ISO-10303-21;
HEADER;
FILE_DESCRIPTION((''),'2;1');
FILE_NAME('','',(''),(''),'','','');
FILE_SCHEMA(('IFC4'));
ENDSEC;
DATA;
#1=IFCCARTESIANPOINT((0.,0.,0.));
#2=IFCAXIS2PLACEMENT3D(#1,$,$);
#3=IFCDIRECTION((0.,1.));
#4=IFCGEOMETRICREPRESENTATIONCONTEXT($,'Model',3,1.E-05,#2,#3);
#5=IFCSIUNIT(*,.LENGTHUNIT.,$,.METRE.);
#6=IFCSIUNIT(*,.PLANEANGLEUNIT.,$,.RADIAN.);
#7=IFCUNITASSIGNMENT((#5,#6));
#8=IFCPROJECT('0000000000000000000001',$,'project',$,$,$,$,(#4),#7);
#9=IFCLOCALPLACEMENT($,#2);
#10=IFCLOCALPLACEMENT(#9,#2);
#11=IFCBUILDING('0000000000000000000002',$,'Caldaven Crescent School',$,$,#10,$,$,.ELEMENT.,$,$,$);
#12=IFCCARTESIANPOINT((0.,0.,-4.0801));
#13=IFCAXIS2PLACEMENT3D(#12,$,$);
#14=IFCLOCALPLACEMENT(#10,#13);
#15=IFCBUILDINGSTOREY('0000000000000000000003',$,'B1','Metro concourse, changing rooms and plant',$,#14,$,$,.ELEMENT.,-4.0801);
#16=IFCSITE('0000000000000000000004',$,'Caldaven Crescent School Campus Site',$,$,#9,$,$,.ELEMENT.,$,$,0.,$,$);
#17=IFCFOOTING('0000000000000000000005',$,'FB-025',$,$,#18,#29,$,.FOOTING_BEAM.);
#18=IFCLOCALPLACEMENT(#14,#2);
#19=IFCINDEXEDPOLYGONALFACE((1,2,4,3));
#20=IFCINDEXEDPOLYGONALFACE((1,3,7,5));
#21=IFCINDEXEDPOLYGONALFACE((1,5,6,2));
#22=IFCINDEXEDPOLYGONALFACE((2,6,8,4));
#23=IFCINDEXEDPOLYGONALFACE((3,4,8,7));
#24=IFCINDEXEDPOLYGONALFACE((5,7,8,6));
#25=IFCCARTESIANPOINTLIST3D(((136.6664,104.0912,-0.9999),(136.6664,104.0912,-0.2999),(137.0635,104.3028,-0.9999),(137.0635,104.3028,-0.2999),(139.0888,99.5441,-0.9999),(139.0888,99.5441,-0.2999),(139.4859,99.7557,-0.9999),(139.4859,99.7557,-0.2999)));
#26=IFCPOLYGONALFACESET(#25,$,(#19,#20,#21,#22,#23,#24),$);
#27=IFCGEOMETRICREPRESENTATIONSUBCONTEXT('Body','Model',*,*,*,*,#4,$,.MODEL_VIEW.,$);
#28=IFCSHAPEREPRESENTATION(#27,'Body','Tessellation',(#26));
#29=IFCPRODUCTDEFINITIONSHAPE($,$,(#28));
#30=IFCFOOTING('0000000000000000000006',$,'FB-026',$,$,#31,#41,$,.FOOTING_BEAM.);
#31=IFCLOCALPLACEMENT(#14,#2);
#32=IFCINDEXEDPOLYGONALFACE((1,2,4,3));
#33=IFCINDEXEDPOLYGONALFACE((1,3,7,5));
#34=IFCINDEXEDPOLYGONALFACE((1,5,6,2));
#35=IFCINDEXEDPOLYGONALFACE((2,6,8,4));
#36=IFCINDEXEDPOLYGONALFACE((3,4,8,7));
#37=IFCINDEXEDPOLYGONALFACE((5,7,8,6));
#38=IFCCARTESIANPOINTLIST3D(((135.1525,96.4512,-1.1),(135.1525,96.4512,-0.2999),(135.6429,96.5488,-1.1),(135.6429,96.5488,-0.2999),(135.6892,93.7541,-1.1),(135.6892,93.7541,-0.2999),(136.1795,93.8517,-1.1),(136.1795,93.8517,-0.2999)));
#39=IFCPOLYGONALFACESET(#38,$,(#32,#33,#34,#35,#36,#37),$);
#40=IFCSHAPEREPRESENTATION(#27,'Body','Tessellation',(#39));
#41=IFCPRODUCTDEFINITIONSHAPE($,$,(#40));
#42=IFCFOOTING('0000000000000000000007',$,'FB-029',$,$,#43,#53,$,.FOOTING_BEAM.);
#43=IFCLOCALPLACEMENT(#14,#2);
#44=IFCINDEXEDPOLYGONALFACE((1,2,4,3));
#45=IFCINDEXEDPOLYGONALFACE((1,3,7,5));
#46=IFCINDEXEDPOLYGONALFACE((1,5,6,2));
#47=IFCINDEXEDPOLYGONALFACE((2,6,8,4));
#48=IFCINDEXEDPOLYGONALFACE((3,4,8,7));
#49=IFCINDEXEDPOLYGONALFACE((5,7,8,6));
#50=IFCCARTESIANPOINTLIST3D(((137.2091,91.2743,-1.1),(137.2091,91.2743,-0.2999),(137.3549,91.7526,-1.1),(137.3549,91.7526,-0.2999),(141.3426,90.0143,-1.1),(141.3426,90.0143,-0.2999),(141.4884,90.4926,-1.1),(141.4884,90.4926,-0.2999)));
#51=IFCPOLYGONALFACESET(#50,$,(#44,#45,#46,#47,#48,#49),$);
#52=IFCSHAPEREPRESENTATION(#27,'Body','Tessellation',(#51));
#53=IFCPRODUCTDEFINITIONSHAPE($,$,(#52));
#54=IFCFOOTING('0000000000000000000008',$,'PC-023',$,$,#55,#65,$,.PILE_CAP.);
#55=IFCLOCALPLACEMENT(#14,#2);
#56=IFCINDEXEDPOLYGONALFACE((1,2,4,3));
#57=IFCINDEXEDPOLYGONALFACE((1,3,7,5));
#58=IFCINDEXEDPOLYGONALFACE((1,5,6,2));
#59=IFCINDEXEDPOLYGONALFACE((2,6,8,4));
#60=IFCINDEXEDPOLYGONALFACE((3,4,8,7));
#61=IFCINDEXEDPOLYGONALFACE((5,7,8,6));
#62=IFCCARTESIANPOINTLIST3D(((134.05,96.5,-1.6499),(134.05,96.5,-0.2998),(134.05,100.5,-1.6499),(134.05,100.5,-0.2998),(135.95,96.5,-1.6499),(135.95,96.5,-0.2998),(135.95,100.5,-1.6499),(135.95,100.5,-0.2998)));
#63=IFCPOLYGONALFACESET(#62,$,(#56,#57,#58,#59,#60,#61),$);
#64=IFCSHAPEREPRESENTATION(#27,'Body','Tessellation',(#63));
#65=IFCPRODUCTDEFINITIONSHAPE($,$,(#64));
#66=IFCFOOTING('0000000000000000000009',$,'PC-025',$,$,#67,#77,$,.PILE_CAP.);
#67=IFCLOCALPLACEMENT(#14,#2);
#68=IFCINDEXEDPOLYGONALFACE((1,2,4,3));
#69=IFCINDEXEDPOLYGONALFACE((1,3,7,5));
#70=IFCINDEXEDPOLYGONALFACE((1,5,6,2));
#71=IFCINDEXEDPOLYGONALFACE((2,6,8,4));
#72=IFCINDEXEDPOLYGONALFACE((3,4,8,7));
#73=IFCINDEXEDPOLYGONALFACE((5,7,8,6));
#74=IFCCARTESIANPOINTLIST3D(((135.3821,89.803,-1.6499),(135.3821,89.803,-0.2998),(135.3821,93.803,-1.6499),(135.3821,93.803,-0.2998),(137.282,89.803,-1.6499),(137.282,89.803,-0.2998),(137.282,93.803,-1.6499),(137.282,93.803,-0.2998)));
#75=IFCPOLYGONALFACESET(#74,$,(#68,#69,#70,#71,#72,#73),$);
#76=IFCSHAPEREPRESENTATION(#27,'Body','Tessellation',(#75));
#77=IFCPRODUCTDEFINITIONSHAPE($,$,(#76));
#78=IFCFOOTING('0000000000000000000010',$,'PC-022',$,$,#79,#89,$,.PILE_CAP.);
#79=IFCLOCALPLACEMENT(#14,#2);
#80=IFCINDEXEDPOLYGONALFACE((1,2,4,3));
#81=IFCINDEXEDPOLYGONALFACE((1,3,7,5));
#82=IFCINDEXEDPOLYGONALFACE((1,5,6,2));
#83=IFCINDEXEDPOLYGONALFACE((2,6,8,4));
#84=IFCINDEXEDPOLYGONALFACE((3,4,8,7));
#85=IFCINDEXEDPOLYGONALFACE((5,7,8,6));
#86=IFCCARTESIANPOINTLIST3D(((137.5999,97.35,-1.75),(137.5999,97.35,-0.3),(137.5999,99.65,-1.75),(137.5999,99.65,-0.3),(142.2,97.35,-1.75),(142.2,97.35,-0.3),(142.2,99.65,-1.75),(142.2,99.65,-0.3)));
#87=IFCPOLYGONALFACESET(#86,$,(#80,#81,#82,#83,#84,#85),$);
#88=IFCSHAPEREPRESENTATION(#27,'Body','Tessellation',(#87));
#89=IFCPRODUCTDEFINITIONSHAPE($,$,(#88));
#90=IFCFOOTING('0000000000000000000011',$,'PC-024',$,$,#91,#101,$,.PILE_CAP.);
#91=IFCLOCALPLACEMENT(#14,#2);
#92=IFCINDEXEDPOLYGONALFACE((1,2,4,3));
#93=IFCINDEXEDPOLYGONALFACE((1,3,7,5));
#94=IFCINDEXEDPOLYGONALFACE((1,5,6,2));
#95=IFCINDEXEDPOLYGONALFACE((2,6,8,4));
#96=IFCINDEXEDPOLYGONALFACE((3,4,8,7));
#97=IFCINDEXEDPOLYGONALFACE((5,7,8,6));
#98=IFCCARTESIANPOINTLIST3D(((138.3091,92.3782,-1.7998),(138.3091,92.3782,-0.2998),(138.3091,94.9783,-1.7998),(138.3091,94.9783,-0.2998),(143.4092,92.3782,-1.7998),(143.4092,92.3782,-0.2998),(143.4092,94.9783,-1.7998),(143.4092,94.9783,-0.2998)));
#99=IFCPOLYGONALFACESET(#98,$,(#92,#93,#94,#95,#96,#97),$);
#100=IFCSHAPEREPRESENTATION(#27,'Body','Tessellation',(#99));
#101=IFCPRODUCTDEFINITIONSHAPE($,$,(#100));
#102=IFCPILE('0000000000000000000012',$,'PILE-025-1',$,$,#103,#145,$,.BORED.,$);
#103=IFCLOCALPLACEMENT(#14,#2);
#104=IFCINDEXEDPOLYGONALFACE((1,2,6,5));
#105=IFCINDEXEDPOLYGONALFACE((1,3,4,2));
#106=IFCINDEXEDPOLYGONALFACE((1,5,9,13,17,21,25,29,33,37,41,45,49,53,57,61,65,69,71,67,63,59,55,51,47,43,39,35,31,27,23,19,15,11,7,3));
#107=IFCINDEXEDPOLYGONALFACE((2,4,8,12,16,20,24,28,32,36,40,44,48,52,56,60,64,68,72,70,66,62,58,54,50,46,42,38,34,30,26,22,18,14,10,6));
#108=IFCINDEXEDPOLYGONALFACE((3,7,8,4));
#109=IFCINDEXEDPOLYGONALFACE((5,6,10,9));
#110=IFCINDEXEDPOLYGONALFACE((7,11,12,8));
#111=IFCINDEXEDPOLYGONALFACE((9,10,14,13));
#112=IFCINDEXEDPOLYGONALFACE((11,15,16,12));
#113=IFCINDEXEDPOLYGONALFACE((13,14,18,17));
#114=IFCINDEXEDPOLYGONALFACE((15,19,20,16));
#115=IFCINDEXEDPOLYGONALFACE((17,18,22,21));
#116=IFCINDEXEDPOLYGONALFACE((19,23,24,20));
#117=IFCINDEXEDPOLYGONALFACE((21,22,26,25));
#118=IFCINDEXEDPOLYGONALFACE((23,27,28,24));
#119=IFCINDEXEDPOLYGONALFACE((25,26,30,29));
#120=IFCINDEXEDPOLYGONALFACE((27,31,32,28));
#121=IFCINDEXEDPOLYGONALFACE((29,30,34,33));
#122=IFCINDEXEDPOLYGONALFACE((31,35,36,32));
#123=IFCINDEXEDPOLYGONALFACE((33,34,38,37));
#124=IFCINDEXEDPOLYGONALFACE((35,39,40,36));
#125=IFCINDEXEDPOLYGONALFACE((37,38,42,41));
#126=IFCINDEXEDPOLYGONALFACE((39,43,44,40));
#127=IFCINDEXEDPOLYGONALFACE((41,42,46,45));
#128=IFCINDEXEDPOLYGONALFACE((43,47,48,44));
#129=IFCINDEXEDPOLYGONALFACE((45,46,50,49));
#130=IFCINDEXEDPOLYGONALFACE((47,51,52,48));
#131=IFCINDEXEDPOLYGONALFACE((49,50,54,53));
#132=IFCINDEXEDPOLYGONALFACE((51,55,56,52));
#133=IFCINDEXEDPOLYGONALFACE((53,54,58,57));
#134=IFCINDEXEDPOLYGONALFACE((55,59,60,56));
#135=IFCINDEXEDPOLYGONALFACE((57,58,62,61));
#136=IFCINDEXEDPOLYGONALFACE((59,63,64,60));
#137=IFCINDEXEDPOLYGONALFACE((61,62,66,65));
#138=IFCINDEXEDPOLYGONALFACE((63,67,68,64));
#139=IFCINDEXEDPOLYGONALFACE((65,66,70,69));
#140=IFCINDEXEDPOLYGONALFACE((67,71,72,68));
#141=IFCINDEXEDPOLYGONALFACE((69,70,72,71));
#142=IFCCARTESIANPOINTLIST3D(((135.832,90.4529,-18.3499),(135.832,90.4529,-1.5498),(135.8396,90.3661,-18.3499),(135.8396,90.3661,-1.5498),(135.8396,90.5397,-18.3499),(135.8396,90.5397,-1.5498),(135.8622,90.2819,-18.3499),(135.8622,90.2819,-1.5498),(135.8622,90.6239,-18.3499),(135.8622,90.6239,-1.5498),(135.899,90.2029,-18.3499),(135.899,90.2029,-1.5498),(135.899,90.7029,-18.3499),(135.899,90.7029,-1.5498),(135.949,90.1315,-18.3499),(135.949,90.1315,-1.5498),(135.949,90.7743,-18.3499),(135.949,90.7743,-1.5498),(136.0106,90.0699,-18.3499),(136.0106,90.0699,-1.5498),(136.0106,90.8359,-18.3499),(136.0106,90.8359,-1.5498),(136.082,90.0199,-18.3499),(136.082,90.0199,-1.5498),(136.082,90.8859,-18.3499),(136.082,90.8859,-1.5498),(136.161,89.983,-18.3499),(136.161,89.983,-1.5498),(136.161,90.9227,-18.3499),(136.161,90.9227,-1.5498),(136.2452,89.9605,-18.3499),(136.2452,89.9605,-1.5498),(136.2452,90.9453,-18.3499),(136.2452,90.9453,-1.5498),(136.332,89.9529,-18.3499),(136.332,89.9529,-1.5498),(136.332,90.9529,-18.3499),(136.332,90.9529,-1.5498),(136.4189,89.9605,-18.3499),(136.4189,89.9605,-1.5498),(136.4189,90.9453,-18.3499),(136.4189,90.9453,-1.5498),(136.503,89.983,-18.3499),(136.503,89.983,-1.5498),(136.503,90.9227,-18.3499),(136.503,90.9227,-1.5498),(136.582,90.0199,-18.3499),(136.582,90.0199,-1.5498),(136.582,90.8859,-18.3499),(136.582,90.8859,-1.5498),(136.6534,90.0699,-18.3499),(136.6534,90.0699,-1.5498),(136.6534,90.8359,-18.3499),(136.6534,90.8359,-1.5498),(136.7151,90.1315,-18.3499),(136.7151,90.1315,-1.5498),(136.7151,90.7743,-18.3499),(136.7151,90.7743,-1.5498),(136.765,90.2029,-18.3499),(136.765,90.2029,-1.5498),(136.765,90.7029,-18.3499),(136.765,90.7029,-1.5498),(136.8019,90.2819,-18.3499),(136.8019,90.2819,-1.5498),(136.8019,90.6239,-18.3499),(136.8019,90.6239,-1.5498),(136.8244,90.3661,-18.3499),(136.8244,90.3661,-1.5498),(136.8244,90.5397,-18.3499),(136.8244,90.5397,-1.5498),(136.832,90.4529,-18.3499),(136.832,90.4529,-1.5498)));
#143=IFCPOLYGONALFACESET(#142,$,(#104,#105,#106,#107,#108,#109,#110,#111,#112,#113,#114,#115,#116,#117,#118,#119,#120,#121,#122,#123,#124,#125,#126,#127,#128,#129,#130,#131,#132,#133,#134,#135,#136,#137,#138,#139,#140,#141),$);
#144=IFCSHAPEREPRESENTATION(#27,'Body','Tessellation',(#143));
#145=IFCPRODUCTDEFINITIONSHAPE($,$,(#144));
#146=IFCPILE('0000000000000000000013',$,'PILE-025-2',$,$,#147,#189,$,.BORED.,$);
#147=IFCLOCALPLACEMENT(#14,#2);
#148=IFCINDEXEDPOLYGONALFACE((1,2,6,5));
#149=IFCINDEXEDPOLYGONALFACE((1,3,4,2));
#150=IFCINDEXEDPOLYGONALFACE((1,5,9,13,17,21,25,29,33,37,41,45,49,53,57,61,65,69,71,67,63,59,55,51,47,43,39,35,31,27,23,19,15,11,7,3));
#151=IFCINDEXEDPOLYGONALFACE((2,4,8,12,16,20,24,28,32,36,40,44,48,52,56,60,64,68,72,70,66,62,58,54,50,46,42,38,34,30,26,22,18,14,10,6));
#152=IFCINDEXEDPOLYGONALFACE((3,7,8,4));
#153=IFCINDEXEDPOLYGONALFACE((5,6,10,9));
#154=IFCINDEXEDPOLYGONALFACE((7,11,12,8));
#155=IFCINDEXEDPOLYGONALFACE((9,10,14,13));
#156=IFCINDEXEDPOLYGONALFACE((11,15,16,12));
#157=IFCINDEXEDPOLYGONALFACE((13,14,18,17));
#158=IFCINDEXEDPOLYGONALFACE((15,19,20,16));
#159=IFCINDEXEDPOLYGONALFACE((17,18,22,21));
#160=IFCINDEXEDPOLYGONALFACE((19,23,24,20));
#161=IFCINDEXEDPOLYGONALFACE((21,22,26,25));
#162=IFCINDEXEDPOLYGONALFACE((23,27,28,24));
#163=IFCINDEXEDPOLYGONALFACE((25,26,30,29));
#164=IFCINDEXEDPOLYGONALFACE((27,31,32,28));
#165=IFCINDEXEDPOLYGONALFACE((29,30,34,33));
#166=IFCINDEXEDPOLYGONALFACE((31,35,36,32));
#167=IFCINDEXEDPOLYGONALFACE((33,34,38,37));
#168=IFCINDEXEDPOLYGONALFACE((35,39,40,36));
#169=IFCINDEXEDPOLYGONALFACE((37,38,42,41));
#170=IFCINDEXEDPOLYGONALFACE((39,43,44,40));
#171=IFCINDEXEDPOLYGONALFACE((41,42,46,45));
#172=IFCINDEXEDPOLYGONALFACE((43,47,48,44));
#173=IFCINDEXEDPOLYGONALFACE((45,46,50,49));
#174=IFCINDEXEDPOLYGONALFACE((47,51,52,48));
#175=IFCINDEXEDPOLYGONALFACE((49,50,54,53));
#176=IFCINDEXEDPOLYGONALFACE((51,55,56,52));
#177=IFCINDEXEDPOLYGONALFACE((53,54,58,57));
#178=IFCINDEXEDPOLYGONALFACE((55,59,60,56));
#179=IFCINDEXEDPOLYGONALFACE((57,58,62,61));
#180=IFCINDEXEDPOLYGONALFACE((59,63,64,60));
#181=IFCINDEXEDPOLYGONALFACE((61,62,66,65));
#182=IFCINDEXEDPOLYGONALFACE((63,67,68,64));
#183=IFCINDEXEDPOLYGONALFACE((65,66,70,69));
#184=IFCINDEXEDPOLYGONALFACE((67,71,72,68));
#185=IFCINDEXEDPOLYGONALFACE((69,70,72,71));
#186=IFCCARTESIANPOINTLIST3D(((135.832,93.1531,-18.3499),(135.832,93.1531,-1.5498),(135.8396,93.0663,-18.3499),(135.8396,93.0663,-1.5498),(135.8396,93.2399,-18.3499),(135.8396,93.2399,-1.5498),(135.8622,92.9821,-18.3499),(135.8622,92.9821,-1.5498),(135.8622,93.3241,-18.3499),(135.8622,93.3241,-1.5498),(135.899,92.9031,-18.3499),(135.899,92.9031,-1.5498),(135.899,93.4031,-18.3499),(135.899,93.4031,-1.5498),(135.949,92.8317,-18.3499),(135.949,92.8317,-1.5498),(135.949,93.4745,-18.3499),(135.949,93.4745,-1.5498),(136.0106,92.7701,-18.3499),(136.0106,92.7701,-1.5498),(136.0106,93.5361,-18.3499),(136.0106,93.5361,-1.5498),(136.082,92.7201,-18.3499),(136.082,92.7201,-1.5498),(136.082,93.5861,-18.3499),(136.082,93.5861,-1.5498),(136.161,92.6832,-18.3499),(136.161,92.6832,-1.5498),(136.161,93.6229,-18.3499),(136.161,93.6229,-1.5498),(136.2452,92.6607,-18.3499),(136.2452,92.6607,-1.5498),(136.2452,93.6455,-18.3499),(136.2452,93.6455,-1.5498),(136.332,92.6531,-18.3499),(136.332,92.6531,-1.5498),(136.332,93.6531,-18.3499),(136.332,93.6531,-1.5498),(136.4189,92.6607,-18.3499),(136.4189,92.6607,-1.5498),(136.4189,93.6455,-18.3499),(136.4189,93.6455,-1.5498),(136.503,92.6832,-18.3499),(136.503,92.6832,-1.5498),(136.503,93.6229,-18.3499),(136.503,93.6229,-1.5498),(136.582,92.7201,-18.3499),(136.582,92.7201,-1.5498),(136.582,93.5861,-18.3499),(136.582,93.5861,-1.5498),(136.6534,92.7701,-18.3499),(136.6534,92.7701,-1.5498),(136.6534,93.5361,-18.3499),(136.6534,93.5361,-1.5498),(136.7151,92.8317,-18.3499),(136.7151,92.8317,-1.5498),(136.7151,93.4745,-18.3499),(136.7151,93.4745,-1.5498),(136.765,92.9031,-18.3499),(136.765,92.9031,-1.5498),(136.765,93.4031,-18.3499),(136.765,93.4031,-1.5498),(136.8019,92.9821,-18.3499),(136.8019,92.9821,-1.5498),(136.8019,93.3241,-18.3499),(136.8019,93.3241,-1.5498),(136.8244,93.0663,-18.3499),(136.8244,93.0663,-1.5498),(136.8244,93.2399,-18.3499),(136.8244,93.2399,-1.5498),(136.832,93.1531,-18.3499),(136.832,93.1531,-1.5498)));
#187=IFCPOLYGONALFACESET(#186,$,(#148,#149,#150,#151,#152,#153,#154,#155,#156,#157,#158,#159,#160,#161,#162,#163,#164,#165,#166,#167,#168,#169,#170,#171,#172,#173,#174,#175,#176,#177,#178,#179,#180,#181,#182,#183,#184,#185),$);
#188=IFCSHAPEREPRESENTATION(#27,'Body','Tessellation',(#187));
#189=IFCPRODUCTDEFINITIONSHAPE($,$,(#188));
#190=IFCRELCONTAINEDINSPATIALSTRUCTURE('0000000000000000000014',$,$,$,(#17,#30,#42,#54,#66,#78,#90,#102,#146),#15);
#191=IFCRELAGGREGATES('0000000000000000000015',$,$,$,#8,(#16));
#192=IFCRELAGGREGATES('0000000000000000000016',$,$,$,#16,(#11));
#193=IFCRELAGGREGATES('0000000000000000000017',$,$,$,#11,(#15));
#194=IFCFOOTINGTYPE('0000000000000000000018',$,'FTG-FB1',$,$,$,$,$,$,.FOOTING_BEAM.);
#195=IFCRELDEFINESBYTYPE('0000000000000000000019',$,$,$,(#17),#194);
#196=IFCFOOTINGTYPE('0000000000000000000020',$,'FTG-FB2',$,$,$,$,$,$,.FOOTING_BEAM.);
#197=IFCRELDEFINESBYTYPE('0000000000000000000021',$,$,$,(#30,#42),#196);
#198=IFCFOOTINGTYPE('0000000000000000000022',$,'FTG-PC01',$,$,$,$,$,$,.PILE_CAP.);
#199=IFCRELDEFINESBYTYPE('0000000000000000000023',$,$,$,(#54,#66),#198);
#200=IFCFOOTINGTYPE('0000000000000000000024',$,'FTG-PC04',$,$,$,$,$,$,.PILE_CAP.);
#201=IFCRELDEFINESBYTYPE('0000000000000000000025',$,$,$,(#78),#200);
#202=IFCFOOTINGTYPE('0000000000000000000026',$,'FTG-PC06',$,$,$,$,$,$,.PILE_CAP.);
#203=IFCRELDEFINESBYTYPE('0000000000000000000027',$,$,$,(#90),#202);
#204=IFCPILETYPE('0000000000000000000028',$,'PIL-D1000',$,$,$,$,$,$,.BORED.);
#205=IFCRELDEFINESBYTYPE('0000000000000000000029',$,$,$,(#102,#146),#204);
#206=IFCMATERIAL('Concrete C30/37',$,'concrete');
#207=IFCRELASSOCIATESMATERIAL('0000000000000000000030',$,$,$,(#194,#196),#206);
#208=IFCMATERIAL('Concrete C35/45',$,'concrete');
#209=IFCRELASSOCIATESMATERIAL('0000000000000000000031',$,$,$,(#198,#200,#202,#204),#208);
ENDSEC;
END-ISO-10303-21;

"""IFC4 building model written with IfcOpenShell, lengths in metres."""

from ifc_helpers import new_model, si_unit, direction, frame, origin, origin_2d, place, context, subcontext, project, spatial, rectangle, circle, extrude, material, material_profile, profile_set, type_object, element, save


model = new_model("IFC4")

# Units and contexts
model_context = context("Model", 3, precision=1e-05, world=origin(), true_north=direction((0.0, 1.0)))
body_context = subcontext(model_context, "Body", "Model", "MODEL_VIEW")
ifc_project = project(units=[si_unit("LENGTHUNIT", "METRE"), si_unit("PLANEANGLEUNIT", "RADIAN")], contexts=[model_context])

# Site, building, storey
site_placement = place(None, origin())
site = spatial("IfcSite", under=ifc_project, at=site_placement, Name="Caldaven Crescent School Campus Site", CompositionType="ELEMENT", RefElevation=0.0)
building_placement = place(site_placement, origin())
building = spatial("IfcBuilding", under=site, at=building_placement, Name="Caldaven Crescent School", CompositionType="ELEMENT")
storey_placement = place(building_placement, frame((0.0, 0.0, -4.0801)))
storey = spatial("IfcBuildingStorey", under=building, at=storey_placement, Name="B1", Description="Metro concourse, changing rooms and plant", CompositionType="ELEMENT", Elevation=-4.0801)

# Footings
ifc_material_1 = material(Name="Concrete C30/37", Category="concrete")
ifc_material_profile_1 = material_profile(ifc_material_1, rectangle(XDim=0.45, YDim=0.7, at=origin_2d()), Name="FB 450x700")
ifc_profile_set_1 = profile_set([ifc_material_profile_1], Name="Concrete C30/37")
footing_type_1 = type_object("IfcFootingType", Name="FTG-FB1", PredefinedType="FOOTING_BEAM", material=ifc_profile_set_1)
footing_1_placement = place(storey_placement, frame((139.2874, 99.6499, -0.6499), z_axis=(-0.47017, 0.882576, 0.0), x_axis=(-0.882576, -0.47017, 0.0)))
element("IfcFooting", 1, at=footing_1_placement, inside=storey, type_object=footing_type_1, Name="FB-025", PredefinedType="FOOTING_BEAM", context=body_context, shape_type="SweptSolid", body=[
    extrude(rectangle(XDim=0.45, YDim=0.7, at=origin_2d()), origin(), (0.0, 0.0, 1.0), 5.1521),
])
ifc_material_profile_2 = material_profile(ifc_material_1, rectangle(XDim=0.5, YDim=0.8, at=origin_2d()), Name="FB 500x800")
ifc_profile_set_2 = profile_set([ifc_material_profile_2], Name="Concrete C30/37")
footing_type_2 = type_object("IfcFootingType", Name="FTG-FB2", PredefinedType="FOOTING_BEAM", material=ifc_profile_set_2)
footing_2_placement = place(storey_placement, frame((135.3977, 96.5, -0.7), z_axis=(0.195143, -0.980775, 0.0), x_axis=(0.980775, 0.195143, 0.0)))
element("IfcFooting", 2, at=footing_2_placement, inside=storey, type_object=footing_type_2, Name="FB-026", PredefinedType="FOOTING_BEAM", context=body_context, shape_type="SweptSolid", body=[
    extrude(rectangle(XDim=0.5, YDim=0.8, at=origin_2d()), origin(), (0.0, 0.0, 1.0), 2.75),
])
footing_3_placement = place(storey_placement, frame((137.282, 91.5134, -0.7), z_axis=(0.956547, -0.29158, 0.0), x_axis=(0.29158, 0.956547, 0.0)))
element("IfcFooting", 3, at=footing_3_placement, inside=storey, type_object=footing_type_2, Name="FB-029", PredefinedType="FOOTING_BEAM", context=body_context, shape_type="SweptSolid", body=[
    extrude(rectangle(XDim=0.5, YDim=0.8, at=origin_2d()), origin(), (0.0, 0.0, 1.0), 4.3213),
])
ifc_material_2 = material(Name="Concrete C35/45", Category="concrete")
footing_type_3 = type_object("IfcFootingType", Name="FTG-PC01", PredefinedType="PILE_CAP", material=ifc_material_2)
for number, where, z_axis, x_axis, name in (
    (4, (135.0, 98.5, -1.6499), (0.0, 0.0, 1.0), (0.0, 1.0, 0.0), "PC-023"),
    (5, (136.332, 91.803, -1.6499), (0.0, 0.0, 1.0), (0.0, 1.0, 0.0), "PC-025"),
):
    element("IfcFooting", number, at=place(storey_placement, frame(where, z_axis=z_axis, x_axis=x_axis)), inside=storey, type_object=footing_type_3, Name=name, PredefinedType="PILE_CAP", context=body_context, shape_type="SweptSolid", body=[
        extrude(rectangle(XDim=4.0, YDim=1.8999, at=origin_2d()), origin(), (0.0, 0.0, 1.0), 1.3501),
    ])
footing_type_4 = type_object("IfcFootingType", Name="FTG-PC04", PredefinedType="PILE_CAP", material=ifc_material_2)
footing_4_placement = place(storey_placement, frame((139.8999, 98.5, -1.75), z_axis=(0.0, 0.0, 1.0), x_axis=(1.0, 0.0, 0.0)))
element("IfcFooting", 6, at=footing_4_placement, inside=storey, type_object=footing_type_4, Name="PC-022", PredefinedType="PILE_CAP", context=body_context, shape_type="SweptSolid", body=[
    extrude(rectangle(XDim=4.6001, YDim=2.3, at=origin_2d()), origin(), (0.0, 0.0, 1.0), 1.45),
])
footing_type_5 = type_object("IfcFootingType", Name="FTG-PC06", PredefinedType="PILE_CAP", material=ifc_material_2)
footing_5_placement = place(storey_placement, frame((140.8591, 93.6782, -1.7998), z_axis=(0.0, 0.0, 1.0), x_axis=(1.0, 0.0, 0.0)))
element("IfcFooting", 7, at=footing_5_placement, inside=storey, type_object=footing_type_5, Name="PC-024", PredefinedType="PILE_CAP", context=body_context, shape_type="SweptSolid", body=[
    extrude(rectangle(XDim=5.1001, YDim=2.6001, at=origin_2d()), origin(), (0.0, 0.0, 1.0), 1.5),
])

# Piles
ifc_material_profile_3 = material_profile(ifc_material_2, circle(Radius=0.5, at=origin_2d()), Name="PILE D1000")
ifc_profile_set_3 = profile_set([ifc_material_profile_3], Name="Concrete C35/45")
pile_type_1 = type_object("IfcPileType", Name="PIL-D1000", PredefinedType="BORED", material=ifc_profile_set_3)
for number, where, z_axis, x_axis, name in (
    (8, (136.332, 90.4529, -1.5498), (0.0, 0.0, -1.0), (1.0, 0.0, 0.0), "PILE-025-1"),
    (9, (136.332, 93.1531, -1.5498), (0.0, 0.0, -1.0), (1.0, 0.0, 0.0), "PILE-025-2"),
):
    element("IfcPile", number, at=place(storey_placement, frame(where, z_axis=z_axis, x_axis=x_axis)), inside=storey, type_object=pile_type_1, Name=name, PredefinedType="BORED", context=body_context, shape_type="SweptSolid", body=[
        extrude(circle(Radius=0.5, at=origin_2d()), origin(), (0.0, 0.0, 1.0), 16.8),
    ])

save(model, "model.ifc")
